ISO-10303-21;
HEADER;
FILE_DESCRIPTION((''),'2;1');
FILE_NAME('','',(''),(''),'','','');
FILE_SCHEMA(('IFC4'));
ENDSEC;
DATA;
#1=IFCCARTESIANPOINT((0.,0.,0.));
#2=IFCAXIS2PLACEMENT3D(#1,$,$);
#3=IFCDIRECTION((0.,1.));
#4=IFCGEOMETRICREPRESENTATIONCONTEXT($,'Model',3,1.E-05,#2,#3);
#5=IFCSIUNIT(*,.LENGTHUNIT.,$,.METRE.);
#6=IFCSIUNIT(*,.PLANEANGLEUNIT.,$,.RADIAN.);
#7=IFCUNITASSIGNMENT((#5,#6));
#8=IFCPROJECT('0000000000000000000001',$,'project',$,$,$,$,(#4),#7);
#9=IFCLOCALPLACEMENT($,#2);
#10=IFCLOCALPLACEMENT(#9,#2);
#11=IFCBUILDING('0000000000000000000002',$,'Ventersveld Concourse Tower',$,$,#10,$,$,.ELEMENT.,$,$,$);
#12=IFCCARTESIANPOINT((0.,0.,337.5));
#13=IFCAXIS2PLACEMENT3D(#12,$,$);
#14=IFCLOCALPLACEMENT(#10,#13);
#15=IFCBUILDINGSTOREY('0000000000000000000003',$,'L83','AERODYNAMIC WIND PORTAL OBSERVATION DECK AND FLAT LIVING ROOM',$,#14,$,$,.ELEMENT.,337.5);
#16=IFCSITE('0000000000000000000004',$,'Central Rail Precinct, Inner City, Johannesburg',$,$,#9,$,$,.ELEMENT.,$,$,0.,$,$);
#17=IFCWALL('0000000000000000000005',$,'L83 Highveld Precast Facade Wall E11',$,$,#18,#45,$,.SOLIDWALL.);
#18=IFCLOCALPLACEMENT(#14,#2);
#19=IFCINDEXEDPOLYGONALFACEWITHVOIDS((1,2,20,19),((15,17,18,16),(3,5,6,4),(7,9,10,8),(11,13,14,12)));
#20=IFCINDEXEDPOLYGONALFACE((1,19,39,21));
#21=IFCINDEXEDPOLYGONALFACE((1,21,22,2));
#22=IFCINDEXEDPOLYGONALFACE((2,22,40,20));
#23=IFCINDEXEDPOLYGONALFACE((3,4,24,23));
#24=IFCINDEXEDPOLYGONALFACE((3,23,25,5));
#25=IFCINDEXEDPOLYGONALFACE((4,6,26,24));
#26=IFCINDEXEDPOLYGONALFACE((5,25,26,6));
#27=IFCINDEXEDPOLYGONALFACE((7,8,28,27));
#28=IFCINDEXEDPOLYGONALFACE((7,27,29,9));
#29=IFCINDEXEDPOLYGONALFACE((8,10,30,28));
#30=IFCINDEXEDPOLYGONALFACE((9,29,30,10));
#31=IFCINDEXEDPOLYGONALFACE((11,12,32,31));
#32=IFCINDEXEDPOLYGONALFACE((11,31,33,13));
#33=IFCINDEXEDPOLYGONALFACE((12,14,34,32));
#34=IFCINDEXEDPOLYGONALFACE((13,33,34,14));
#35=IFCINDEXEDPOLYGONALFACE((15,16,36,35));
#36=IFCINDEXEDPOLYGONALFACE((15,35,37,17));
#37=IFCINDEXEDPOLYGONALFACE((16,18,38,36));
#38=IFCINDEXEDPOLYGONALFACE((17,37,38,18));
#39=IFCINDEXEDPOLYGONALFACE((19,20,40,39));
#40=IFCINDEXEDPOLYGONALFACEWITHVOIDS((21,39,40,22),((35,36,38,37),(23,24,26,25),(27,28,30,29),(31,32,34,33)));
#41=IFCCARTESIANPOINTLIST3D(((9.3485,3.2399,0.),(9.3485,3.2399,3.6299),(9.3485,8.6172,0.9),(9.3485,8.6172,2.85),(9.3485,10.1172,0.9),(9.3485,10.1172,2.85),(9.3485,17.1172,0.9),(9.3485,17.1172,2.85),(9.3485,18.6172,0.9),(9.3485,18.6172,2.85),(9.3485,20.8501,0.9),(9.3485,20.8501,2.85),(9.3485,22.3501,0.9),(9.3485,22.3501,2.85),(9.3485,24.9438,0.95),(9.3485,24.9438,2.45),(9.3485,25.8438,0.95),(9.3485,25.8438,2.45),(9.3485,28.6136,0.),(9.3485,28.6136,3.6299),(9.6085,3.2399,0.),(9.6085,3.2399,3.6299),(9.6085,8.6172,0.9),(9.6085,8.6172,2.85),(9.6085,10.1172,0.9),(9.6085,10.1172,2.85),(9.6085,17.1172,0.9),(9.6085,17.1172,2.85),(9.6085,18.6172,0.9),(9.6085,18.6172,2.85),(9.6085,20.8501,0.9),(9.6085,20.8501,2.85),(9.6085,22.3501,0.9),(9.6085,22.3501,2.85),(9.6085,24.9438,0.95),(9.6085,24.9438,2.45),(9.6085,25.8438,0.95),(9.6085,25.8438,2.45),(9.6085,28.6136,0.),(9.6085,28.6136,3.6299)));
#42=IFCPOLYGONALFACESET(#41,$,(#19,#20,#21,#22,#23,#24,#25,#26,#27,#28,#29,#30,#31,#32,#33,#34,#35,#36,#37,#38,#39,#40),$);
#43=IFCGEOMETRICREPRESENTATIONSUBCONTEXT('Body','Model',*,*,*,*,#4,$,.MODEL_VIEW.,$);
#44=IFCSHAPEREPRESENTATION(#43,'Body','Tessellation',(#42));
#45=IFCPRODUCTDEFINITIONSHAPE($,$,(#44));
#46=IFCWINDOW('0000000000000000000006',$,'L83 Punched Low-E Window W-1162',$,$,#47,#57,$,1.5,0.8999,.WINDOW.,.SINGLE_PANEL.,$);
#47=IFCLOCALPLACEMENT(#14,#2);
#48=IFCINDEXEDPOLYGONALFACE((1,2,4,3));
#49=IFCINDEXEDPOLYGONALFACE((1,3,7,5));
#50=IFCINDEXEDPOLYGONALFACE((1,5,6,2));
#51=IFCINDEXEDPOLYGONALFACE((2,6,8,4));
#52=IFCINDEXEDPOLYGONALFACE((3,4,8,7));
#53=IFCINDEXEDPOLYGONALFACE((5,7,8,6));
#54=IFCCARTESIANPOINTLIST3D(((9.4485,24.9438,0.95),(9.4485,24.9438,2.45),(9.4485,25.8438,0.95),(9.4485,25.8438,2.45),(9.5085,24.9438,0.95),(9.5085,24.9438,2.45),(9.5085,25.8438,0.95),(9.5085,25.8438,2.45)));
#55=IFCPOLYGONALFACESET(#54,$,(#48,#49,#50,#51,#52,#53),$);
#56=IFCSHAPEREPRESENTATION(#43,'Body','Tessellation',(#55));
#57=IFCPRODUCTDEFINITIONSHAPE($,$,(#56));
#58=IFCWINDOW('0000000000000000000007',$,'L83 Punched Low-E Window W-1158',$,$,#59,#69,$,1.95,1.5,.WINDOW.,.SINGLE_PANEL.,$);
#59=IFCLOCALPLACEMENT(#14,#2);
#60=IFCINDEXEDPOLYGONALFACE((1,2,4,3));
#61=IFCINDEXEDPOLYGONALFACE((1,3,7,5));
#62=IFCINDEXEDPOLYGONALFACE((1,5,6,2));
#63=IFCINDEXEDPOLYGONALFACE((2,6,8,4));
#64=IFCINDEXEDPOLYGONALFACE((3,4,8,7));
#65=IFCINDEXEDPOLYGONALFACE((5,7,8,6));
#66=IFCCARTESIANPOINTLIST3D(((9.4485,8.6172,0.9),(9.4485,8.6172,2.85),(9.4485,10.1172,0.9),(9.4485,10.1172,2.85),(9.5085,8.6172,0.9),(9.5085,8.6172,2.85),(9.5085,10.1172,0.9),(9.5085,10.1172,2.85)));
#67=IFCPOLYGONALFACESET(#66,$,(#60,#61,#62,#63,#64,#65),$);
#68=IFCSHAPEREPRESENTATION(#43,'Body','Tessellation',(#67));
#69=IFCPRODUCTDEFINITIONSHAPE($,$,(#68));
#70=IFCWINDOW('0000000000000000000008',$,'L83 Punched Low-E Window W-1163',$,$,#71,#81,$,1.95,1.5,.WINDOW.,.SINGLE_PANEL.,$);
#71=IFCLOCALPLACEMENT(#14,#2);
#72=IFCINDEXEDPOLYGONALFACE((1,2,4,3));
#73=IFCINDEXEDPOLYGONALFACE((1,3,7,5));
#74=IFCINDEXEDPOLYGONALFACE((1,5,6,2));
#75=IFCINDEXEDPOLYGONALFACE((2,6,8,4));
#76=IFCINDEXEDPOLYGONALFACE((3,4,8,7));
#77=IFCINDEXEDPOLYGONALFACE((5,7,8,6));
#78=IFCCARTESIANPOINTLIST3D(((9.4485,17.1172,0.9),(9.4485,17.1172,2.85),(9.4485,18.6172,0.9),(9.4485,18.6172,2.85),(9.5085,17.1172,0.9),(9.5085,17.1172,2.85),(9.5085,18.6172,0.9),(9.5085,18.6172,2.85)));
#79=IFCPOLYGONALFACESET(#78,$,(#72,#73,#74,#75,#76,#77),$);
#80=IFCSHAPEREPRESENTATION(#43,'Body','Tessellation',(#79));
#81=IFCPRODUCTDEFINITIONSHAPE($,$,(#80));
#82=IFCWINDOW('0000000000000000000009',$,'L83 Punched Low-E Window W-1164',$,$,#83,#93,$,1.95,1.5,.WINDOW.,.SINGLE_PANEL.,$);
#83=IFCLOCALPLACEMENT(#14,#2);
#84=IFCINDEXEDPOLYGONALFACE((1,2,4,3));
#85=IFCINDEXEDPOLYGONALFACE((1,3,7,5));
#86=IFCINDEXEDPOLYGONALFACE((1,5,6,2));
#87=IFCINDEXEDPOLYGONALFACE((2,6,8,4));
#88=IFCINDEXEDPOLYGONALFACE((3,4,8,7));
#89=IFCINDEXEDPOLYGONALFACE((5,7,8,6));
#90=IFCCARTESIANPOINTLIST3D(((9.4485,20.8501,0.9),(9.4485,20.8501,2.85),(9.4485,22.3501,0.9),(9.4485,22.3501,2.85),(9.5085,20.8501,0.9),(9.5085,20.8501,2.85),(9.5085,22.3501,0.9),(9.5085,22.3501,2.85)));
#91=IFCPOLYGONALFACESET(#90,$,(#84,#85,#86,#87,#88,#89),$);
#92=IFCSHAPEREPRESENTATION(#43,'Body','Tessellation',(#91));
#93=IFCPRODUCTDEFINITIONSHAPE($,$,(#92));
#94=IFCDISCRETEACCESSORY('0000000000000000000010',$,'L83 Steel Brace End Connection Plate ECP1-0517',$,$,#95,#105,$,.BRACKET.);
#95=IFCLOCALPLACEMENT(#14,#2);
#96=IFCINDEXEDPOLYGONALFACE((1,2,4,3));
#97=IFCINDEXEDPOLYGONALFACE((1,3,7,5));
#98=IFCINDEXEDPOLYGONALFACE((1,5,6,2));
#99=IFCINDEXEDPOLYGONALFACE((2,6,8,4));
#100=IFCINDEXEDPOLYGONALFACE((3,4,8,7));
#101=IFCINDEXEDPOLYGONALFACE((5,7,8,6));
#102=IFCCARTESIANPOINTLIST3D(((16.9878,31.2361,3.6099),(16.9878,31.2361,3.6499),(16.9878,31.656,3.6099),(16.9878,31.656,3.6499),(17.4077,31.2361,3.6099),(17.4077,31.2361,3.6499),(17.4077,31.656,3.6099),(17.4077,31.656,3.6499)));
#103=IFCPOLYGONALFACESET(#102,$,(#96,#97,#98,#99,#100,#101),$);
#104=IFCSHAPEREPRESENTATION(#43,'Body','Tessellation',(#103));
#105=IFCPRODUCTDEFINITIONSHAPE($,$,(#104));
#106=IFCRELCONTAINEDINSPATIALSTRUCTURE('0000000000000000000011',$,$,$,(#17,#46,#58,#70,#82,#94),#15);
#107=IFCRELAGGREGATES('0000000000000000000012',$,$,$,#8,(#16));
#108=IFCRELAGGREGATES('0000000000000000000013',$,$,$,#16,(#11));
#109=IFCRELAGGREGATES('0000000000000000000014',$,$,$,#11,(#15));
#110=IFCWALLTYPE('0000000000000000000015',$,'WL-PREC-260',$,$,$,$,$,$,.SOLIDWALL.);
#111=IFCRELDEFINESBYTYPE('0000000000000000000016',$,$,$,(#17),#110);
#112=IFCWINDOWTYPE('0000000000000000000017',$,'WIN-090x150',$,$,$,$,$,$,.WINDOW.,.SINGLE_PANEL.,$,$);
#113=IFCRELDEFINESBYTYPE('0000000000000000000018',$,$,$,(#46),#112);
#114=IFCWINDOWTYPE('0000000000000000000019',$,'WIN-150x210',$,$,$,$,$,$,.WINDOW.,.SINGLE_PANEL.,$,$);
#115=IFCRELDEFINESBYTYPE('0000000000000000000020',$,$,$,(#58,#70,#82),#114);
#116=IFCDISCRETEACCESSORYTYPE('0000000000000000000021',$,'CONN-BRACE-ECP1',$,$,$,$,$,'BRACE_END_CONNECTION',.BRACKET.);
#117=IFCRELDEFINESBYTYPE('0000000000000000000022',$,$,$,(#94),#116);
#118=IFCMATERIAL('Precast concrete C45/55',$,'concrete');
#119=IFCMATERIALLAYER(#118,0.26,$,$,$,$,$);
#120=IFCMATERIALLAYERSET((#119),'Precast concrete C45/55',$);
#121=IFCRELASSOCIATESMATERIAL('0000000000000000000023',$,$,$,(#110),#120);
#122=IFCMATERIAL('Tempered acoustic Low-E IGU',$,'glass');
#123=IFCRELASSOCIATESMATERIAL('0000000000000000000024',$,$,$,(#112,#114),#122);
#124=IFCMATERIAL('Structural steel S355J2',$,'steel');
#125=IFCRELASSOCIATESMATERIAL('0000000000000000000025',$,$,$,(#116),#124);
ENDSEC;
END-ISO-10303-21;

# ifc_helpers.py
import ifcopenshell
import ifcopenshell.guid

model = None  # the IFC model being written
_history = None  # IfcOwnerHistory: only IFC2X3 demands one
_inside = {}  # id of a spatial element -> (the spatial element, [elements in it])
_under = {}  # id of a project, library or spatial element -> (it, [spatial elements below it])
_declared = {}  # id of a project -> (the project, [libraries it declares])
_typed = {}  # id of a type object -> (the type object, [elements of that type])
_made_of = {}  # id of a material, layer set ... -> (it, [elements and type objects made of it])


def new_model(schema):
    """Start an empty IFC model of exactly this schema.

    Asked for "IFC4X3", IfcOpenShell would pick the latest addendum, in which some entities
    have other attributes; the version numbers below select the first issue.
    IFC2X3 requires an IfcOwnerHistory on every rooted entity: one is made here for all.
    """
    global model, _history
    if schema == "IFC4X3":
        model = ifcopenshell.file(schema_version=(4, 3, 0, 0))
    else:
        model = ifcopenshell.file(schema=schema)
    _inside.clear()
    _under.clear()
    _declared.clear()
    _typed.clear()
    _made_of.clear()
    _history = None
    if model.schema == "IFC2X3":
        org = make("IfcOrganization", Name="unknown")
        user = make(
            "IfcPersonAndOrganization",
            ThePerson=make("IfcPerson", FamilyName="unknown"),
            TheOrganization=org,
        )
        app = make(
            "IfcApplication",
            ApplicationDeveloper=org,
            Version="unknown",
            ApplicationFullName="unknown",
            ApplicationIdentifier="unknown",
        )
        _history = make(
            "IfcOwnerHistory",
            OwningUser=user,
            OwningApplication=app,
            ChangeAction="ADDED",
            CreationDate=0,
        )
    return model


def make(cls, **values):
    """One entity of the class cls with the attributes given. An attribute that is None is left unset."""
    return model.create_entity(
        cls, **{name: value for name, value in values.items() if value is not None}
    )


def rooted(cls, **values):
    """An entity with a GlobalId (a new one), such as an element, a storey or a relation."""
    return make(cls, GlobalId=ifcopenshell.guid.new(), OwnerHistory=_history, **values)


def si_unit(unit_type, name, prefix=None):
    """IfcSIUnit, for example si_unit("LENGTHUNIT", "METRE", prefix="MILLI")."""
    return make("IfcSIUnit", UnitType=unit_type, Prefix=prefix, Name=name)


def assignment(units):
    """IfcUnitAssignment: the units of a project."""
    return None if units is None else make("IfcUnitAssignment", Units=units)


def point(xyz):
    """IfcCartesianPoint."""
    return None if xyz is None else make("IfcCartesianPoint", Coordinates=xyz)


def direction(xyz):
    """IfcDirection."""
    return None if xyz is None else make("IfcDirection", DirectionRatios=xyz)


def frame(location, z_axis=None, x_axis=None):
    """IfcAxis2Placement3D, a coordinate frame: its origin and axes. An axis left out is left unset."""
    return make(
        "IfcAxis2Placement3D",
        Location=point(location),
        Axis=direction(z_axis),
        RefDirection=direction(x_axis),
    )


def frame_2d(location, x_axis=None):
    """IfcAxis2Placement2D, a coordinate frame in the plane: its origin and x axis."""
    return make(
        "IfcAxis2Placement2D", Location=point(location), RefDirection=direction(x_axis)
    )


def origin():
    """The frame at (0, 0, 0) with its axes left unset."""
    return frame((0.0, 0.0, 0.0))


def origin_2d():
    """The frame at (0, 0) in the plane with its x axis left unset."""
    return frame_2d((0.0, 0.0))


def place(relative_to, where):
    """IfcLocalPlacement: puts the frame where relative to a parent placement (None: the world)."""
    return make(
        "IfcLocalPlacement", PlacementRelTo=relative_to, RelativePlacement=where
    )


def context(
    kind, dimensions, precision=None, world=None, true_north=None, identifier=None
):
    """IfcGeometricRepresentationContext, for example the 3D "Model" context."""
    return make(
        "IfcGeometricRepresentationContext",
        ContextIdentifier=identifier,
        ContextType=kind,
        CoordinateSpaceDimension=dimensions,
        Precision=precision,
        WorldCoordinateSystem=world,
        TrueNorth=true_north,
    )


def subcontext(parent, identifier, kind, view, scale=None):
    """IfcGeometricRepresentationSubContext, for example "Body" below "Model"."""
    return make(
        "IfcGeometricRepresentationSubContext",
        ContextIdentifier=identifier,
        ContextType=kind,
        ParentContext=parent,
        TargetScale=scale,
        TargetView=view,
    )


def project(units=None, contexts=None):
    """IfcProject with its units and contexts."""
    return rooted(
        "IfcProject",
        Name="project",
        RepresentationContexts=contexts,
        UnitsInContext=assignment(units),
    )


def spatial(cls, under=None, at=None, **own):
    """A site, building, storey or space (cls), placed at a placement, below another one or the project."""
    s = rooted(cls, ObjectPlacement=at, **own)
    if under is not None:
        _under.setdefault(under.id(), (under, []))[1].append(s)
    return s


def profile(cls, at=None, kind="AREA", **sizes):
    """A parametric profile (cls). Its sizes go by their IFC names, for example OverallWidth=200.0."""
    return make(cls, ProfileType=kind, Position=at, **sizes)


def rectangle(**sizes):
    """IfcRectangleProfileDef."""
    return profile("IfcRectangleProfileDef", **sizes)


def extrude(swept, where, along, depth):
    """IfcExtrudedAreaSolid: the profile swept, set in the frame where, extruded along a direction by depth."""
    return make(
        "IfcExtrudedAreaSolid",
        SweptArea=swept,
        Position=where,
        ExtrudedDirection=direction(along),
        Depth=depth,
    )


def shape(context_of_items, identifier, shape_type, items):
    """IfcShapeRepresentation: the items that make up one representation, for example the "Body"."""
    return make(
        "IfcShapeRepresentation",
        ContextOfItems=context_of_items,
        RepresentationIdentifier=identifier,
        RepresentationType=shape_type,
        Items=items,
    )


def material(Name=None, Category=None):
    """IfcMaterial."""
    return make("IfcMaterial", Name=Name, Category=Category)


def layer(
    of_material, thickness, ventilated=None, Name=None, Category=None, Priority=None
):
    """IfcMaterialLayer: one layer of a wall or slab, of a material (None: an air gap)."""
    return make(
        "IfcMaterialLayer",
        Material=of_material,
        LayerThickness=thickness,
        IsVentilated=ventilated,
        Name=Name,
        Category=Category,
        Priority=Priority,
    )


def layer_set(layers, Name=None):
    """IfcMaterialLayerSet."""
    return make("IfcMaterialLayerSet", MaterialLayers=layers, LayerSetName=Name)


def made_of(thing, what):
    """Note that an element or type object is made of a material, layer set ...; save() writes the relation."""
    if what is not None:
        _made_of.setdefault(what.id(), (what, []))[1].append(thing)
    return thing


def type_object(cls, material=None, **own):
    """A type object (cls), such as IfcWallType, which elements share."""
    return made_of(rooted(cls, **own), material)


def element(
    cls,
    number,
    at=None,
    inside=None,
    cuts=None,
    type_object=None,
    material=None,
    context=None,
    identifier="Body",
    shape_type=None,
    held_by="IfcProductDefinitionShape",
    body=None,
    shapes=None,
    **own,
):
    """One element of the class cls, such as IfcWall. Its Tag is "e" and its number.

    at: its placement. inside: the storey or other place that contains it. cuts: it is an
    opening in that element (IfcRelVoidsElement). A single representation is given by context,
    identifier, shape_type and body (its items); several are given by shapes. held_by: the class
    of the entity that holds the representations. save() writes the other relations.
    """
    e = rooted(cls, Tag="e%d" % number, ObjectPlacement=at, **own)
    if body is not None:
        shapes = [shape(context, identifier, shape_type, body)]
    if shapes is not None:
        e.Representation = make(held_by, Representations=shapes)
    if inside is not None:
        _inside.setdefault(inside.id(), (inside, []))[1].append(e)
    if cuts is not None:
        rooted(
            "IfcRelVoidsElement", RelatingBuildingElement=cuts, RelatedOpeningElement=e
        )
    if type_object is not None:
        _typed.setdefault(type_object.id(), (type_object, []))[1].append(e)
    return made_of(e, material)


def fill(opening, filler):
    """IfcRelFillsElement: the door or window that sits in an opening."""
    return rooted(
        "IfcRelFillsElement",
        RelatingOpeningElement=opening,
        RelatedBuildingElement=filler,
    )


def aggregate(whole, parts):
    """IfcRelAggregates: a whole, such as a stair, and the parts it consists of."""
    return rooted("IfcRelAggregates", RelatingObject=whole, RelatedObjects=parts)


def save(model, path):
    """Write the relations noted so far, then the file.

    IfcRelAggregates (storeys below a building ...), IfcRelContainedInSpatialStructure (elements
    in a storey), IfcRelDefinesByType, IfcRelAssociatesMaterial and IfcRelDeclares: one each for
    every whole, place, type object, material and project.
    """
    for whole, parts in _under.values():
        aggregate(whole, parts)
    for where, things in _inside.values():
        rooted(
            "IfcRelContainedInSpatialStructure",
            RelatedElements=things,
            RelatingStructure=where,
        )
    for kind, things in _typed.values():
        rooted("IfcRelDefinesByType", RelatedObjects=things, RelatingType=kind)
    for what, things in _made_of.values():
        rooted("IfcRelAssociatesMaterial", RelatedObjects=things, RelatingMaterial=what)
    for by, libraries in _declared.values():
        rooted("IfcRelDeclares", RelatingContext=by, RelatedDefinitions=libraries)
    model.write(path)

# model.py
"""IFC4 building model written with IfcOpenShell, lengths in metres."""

from ifc_helpers import new_model, si_unit, direction, frame, frame_2d, origin, origin_2d, place, context, subcontext, project, spatial, rectangle, extrude, material, layer, layer_set, type_object, element, fill, save


model = new_model("IFC4")

# Units and contexts
model_context = context("Model", 3, precision=1e-05, world=origin(), true_north=direction((0.0, 1.0)))
body_context = subcontext(model_context, "Body", "Model", "MODEL_VIEW")
ifc_project = project(units=[si_unit("LENGTHUNIT", "METRE"), si_unit("PLANEANGLEUNIT", "RADIAN")], contexts=[model_context])

# Site, building, storey
site_placement = place(None, origin())
site = spatial("IfcSite", under=ifc_project, at=site_placement, Name="Central Rail Precinct, Inner City, Johannesburg", CompositionType="ELEMENT", RefElevation=0.0)
building_placement = place(site_placement, origin())
building = spatial("IfcBuilding", under=site, at=building_placement, Name="Ventersveld Concourse Tower", CompositionType="ELEMENT")
storey_placement = place(building_placement, frame((0.0, 0.0, 337.5)))
storey = spatial("IfcBuildingStorey", under=building, at=storey_placement, Name="L83", Description="AERODYNAMIC WIND PORTAL OBSERVATION DECK AND FLAT LIVING ROOM", CompositionType="ELEMENT", Elevation=337.5)

# Shared definitions
ifc_material_1 = material(Name="Structural steel S355J2", Category="steel")

# Shared definitions
ifc_material_2 = material(Name="Precast concrete C45/55", Category="concrete")
ifc_layer_1 = layer(ifc_material_2, 0.26)
ifc_layer_set_1 = layer_set([ifc_layer_1], Name="Precast concrete C45/55")
wall_type_1 = type_object("IfcWallType", Name="WL-PREC-260", PredefinedType="SOLIDWALL", material=ifc_layer_set_1)

# Wall, openings, windows
wall_1_placement = place(storey_placement, frame((9.4785, 28.6138, 0.0), z_axis=(0.0, 0.0, 1.0), x_axis=(0.0, -1.0, 0.0)))
wall_1 = element("IfcWall", 1, at=wall_1_placement, inside=storey, type_object=wall_type_1, Name="L83 Highveld Precast Facade Wall E11", PredefinedType="SOLIDWALL", context=body_context, shape_type="SweptSolid", body=[
    extrude(rectangle(XDim=25.3738, YDim=0.26, at=frame_2d((12.687, 0.0))), origin(), (0.0, 0.0, 1.0), 3.6299),
])
opening_1_placement = place(wall_1_placement, frame((18.4966, 0.0, 0.8999)))
opening_1 = element("IfcOpeningElement", 2, at=opening_1_placement, cuts=wall_1, PredefinedType="OPENING", context=body_context, shape_type="SweptSolid", body=[
    extrude(rectangle(XDim=1.5, YDim=1.95, at=frame_2d((0.75, 0.9751))), frame((0.0, 0.1401, 0.0), z_axis=(0.0, -1.0, 0.0), x_axis=(1.0, 0.0, 0.0)), (0.0, 0.0, 1.0), 0.28),
])
opening_2_placement = place(wall_1_placement, frame((2.77, 0.0, 0.95)))
opening_2 = element("IfcOpeningElement", 3, at=opening_2_placement, cuts=wall_1, PredefinedType="OPENING", context=body_context, shape_type="SweptSolid", body=[
    extrude(rectangle(XDim=0.8999, YDim=1.5, at=frame_2d((0.45, 0.75))), frame((0.0, 0.1401, 0.0), z_axis=(0.0, -1.0, 0.0), x_axis=(1.0, 0.0, 0.0)), (0.0, 0.0, 1.0), 0.28),
])
opening_3_placement = place(wall_1_placement, frame((9.9966, 0.0, 0.8999)))
opening_3 = element("IfcOpeningElement", 4, at=opening_3_placement, cuts=wall_1, PredefinedType="OPENING", context=body_context, shape_type="SweptSolid", body=[
    extrude(rectangle(XDim=1.5, YDim=1.95, at=frame_2d((0.75, 0.9751))), frame((0.0, 0.1401, 0.0), z_axis=(0.0, -1.0, 0.0), x_axis=(1.0, 0.0, 0.0)), (0.0, 0.0, 1.0), 0.28),
])
opening_4_placement = place(wall_1_placement, frame((6.2637, 0.0, 0.8999)))
opening_4 = element("IfcOpeningElement", 5, at=opening_4_placement, cuts=wall_1, PredefinedType="OPENING", context=body_context, shape_type="SweptSolid", body=[
    extrude(rectangle(XDim=1.5, YDim=1.95, at=frame_2d((0.75, 0.9751))), frame((0.0, 0.1401, 0.0), z_axis=(0.0, -1.0, 0.0), x_axis=(1.0, 0.0, 0.0)), (0.0, 0.0, 1.0), 0.28),
])
ifc_material_3 = material(Name="Tempered acoustic Low-E IGU", Category="glass")
window_type_1 = type_object("IfcWindowType", Name="WIN-090x150", PartitioningType="SINGLE_PANEL", PredefinedType="WINDOW", material=ifc_material_3)
window_1_placement = place(opening_2_placement, origin())
window_1 = element("IfcWindow", 6, at=window_1_placement, inside=storey, type_object=window_type_1, Name="L83 Punched Low-E Window W-1162", OverallHeight=1.5, OverallWidth=0.8999, PartitioningType="SINGLE_PANEL", PredefinedType="WINDOW", context=body_context, shape_type="SweptSolid", body=[
    extrude(rectangle(XDim=0.8999, YDim=1.5, at=frame_2d((0.45, 0.75))), frame((0.0, 0.03, 0.0), z_axis=(0.0, -1.0, 0.0), x_axis=(1.0, 0.0, 0.0)), (0.0, 0.0, 1.0), 0.0601),
])
fill(opening_2, window_1)
window_type_2 = type_object("IfcWindowType", Name="WIN-150x210", PartitioningType="SINGLE_PANEL", PredefinedType="WINDOW", material=ifc_material_3)
window_2_placement = place(opening_1_placement, origin())
window_2 = element("IfcWindow", 7, at=window_2_placement, inside=storey, type_object=window_type_2, Name="L83 Punched Low-E Window W-1158", OverallHeight=1.95, OverallWidth=1.5, PartitioningType="SINGLE_PANEL", PredefinedType="WINDOW", context=body_context, shape_type="SweptSolid", body=[
    extrude(rectangle(XDim=1.5, YDim=1.95, at=frame_2d((0.75, 0.9751))), frame((0.0, 0.03, 0.0), z_axis=(0.0, -1.0, 0.0), x_axis=(1.0, 0.0, 0.0)), (0.0, 0.0, 1.0), 0.0601),
])
fill(opening_1, window_2)
window_3_placement = place(opening_3_placement, origin())
window_3 = element("IfcWindow", 8, at=window_3_placement, inside=storey, type_object=window_type_2, Name="L83 Punched Low-E Window W-1163", OverallHeight=1.95, OverallWidth=1.5, PartitioningType="SINGLE_PANEL", PredefinedType="WINDOW", context=body_context, shape_type="SweptSolid", body=[
    extrude(rectangle(XDim=1.5, YDim=1.95, at=frame_2d((0.75, 0.9751))), frame((0.0, 0.03, 0.0), z_axis=(0.0, -1.0, 0.0), x_axis=(1.0, 0.0, 0.0)), (0.0, 0.0, 1.0), 0.0601),
])
fill(opening_3, window_3)
window_4_placement = place(opening_4_placement, origin())
window_4 = element("IfcWindow", 9, at=window_4_placement, inside=storey, type_object=window_type_2, Name="L83 Punched Low-E Window W-1164", OverallHeight=1.95, OverallWidth=1.5, PartitioningType="SINGLE_PANEL", PredefinedType="WINDOW", context=body_context, shape_type="SweptSolid", body=[
    extrude(rectangle(XDim=1.5, YDim=1.95, at=frame_2d((0.75, 0.9751))), frame((0.0, 0.03, 0.0), z_axis=(0.0, -1.0, 0.0), x_axis=(1.0, 0.0, 0.0)), (0.0, 0.0, 1.0), 0.0601),
])
fill(opening_4, window_4)

# Discrete accessory
discrete_accessory_type = type_object("IfcDiscreteAccessoryType", Name="CONN-BRACE-ECP1", ElementType="BRACE_END_CONNECTION", PredefinedType="BRACKET", material=ifc_material_1)
discrete_accessory_placement = place(storey_placement, frame((17.1978, 31.446, 3.6099), z_axis=(0.0, 0.0, 1.0), x_axis=(1.0, 0.0, 0.0)))
element("IfcDiscreteAccessory", 10, at=discrete_accessory_placement, inside=storey, type_object=discrete_accessory_type, Name="L83 Steel Brace End Connection Plate ECP1-0517", PredefinedType="BRACKET", context=body_context, shape_type="SweptSolid", body=[
    extrude(rectangle(XDim=0.4199, YDim=0.4199, at=origin_2d()), origin(), (0.0, 0.0, 1.0), 0.04),
])

save(model, "model.ifc")
